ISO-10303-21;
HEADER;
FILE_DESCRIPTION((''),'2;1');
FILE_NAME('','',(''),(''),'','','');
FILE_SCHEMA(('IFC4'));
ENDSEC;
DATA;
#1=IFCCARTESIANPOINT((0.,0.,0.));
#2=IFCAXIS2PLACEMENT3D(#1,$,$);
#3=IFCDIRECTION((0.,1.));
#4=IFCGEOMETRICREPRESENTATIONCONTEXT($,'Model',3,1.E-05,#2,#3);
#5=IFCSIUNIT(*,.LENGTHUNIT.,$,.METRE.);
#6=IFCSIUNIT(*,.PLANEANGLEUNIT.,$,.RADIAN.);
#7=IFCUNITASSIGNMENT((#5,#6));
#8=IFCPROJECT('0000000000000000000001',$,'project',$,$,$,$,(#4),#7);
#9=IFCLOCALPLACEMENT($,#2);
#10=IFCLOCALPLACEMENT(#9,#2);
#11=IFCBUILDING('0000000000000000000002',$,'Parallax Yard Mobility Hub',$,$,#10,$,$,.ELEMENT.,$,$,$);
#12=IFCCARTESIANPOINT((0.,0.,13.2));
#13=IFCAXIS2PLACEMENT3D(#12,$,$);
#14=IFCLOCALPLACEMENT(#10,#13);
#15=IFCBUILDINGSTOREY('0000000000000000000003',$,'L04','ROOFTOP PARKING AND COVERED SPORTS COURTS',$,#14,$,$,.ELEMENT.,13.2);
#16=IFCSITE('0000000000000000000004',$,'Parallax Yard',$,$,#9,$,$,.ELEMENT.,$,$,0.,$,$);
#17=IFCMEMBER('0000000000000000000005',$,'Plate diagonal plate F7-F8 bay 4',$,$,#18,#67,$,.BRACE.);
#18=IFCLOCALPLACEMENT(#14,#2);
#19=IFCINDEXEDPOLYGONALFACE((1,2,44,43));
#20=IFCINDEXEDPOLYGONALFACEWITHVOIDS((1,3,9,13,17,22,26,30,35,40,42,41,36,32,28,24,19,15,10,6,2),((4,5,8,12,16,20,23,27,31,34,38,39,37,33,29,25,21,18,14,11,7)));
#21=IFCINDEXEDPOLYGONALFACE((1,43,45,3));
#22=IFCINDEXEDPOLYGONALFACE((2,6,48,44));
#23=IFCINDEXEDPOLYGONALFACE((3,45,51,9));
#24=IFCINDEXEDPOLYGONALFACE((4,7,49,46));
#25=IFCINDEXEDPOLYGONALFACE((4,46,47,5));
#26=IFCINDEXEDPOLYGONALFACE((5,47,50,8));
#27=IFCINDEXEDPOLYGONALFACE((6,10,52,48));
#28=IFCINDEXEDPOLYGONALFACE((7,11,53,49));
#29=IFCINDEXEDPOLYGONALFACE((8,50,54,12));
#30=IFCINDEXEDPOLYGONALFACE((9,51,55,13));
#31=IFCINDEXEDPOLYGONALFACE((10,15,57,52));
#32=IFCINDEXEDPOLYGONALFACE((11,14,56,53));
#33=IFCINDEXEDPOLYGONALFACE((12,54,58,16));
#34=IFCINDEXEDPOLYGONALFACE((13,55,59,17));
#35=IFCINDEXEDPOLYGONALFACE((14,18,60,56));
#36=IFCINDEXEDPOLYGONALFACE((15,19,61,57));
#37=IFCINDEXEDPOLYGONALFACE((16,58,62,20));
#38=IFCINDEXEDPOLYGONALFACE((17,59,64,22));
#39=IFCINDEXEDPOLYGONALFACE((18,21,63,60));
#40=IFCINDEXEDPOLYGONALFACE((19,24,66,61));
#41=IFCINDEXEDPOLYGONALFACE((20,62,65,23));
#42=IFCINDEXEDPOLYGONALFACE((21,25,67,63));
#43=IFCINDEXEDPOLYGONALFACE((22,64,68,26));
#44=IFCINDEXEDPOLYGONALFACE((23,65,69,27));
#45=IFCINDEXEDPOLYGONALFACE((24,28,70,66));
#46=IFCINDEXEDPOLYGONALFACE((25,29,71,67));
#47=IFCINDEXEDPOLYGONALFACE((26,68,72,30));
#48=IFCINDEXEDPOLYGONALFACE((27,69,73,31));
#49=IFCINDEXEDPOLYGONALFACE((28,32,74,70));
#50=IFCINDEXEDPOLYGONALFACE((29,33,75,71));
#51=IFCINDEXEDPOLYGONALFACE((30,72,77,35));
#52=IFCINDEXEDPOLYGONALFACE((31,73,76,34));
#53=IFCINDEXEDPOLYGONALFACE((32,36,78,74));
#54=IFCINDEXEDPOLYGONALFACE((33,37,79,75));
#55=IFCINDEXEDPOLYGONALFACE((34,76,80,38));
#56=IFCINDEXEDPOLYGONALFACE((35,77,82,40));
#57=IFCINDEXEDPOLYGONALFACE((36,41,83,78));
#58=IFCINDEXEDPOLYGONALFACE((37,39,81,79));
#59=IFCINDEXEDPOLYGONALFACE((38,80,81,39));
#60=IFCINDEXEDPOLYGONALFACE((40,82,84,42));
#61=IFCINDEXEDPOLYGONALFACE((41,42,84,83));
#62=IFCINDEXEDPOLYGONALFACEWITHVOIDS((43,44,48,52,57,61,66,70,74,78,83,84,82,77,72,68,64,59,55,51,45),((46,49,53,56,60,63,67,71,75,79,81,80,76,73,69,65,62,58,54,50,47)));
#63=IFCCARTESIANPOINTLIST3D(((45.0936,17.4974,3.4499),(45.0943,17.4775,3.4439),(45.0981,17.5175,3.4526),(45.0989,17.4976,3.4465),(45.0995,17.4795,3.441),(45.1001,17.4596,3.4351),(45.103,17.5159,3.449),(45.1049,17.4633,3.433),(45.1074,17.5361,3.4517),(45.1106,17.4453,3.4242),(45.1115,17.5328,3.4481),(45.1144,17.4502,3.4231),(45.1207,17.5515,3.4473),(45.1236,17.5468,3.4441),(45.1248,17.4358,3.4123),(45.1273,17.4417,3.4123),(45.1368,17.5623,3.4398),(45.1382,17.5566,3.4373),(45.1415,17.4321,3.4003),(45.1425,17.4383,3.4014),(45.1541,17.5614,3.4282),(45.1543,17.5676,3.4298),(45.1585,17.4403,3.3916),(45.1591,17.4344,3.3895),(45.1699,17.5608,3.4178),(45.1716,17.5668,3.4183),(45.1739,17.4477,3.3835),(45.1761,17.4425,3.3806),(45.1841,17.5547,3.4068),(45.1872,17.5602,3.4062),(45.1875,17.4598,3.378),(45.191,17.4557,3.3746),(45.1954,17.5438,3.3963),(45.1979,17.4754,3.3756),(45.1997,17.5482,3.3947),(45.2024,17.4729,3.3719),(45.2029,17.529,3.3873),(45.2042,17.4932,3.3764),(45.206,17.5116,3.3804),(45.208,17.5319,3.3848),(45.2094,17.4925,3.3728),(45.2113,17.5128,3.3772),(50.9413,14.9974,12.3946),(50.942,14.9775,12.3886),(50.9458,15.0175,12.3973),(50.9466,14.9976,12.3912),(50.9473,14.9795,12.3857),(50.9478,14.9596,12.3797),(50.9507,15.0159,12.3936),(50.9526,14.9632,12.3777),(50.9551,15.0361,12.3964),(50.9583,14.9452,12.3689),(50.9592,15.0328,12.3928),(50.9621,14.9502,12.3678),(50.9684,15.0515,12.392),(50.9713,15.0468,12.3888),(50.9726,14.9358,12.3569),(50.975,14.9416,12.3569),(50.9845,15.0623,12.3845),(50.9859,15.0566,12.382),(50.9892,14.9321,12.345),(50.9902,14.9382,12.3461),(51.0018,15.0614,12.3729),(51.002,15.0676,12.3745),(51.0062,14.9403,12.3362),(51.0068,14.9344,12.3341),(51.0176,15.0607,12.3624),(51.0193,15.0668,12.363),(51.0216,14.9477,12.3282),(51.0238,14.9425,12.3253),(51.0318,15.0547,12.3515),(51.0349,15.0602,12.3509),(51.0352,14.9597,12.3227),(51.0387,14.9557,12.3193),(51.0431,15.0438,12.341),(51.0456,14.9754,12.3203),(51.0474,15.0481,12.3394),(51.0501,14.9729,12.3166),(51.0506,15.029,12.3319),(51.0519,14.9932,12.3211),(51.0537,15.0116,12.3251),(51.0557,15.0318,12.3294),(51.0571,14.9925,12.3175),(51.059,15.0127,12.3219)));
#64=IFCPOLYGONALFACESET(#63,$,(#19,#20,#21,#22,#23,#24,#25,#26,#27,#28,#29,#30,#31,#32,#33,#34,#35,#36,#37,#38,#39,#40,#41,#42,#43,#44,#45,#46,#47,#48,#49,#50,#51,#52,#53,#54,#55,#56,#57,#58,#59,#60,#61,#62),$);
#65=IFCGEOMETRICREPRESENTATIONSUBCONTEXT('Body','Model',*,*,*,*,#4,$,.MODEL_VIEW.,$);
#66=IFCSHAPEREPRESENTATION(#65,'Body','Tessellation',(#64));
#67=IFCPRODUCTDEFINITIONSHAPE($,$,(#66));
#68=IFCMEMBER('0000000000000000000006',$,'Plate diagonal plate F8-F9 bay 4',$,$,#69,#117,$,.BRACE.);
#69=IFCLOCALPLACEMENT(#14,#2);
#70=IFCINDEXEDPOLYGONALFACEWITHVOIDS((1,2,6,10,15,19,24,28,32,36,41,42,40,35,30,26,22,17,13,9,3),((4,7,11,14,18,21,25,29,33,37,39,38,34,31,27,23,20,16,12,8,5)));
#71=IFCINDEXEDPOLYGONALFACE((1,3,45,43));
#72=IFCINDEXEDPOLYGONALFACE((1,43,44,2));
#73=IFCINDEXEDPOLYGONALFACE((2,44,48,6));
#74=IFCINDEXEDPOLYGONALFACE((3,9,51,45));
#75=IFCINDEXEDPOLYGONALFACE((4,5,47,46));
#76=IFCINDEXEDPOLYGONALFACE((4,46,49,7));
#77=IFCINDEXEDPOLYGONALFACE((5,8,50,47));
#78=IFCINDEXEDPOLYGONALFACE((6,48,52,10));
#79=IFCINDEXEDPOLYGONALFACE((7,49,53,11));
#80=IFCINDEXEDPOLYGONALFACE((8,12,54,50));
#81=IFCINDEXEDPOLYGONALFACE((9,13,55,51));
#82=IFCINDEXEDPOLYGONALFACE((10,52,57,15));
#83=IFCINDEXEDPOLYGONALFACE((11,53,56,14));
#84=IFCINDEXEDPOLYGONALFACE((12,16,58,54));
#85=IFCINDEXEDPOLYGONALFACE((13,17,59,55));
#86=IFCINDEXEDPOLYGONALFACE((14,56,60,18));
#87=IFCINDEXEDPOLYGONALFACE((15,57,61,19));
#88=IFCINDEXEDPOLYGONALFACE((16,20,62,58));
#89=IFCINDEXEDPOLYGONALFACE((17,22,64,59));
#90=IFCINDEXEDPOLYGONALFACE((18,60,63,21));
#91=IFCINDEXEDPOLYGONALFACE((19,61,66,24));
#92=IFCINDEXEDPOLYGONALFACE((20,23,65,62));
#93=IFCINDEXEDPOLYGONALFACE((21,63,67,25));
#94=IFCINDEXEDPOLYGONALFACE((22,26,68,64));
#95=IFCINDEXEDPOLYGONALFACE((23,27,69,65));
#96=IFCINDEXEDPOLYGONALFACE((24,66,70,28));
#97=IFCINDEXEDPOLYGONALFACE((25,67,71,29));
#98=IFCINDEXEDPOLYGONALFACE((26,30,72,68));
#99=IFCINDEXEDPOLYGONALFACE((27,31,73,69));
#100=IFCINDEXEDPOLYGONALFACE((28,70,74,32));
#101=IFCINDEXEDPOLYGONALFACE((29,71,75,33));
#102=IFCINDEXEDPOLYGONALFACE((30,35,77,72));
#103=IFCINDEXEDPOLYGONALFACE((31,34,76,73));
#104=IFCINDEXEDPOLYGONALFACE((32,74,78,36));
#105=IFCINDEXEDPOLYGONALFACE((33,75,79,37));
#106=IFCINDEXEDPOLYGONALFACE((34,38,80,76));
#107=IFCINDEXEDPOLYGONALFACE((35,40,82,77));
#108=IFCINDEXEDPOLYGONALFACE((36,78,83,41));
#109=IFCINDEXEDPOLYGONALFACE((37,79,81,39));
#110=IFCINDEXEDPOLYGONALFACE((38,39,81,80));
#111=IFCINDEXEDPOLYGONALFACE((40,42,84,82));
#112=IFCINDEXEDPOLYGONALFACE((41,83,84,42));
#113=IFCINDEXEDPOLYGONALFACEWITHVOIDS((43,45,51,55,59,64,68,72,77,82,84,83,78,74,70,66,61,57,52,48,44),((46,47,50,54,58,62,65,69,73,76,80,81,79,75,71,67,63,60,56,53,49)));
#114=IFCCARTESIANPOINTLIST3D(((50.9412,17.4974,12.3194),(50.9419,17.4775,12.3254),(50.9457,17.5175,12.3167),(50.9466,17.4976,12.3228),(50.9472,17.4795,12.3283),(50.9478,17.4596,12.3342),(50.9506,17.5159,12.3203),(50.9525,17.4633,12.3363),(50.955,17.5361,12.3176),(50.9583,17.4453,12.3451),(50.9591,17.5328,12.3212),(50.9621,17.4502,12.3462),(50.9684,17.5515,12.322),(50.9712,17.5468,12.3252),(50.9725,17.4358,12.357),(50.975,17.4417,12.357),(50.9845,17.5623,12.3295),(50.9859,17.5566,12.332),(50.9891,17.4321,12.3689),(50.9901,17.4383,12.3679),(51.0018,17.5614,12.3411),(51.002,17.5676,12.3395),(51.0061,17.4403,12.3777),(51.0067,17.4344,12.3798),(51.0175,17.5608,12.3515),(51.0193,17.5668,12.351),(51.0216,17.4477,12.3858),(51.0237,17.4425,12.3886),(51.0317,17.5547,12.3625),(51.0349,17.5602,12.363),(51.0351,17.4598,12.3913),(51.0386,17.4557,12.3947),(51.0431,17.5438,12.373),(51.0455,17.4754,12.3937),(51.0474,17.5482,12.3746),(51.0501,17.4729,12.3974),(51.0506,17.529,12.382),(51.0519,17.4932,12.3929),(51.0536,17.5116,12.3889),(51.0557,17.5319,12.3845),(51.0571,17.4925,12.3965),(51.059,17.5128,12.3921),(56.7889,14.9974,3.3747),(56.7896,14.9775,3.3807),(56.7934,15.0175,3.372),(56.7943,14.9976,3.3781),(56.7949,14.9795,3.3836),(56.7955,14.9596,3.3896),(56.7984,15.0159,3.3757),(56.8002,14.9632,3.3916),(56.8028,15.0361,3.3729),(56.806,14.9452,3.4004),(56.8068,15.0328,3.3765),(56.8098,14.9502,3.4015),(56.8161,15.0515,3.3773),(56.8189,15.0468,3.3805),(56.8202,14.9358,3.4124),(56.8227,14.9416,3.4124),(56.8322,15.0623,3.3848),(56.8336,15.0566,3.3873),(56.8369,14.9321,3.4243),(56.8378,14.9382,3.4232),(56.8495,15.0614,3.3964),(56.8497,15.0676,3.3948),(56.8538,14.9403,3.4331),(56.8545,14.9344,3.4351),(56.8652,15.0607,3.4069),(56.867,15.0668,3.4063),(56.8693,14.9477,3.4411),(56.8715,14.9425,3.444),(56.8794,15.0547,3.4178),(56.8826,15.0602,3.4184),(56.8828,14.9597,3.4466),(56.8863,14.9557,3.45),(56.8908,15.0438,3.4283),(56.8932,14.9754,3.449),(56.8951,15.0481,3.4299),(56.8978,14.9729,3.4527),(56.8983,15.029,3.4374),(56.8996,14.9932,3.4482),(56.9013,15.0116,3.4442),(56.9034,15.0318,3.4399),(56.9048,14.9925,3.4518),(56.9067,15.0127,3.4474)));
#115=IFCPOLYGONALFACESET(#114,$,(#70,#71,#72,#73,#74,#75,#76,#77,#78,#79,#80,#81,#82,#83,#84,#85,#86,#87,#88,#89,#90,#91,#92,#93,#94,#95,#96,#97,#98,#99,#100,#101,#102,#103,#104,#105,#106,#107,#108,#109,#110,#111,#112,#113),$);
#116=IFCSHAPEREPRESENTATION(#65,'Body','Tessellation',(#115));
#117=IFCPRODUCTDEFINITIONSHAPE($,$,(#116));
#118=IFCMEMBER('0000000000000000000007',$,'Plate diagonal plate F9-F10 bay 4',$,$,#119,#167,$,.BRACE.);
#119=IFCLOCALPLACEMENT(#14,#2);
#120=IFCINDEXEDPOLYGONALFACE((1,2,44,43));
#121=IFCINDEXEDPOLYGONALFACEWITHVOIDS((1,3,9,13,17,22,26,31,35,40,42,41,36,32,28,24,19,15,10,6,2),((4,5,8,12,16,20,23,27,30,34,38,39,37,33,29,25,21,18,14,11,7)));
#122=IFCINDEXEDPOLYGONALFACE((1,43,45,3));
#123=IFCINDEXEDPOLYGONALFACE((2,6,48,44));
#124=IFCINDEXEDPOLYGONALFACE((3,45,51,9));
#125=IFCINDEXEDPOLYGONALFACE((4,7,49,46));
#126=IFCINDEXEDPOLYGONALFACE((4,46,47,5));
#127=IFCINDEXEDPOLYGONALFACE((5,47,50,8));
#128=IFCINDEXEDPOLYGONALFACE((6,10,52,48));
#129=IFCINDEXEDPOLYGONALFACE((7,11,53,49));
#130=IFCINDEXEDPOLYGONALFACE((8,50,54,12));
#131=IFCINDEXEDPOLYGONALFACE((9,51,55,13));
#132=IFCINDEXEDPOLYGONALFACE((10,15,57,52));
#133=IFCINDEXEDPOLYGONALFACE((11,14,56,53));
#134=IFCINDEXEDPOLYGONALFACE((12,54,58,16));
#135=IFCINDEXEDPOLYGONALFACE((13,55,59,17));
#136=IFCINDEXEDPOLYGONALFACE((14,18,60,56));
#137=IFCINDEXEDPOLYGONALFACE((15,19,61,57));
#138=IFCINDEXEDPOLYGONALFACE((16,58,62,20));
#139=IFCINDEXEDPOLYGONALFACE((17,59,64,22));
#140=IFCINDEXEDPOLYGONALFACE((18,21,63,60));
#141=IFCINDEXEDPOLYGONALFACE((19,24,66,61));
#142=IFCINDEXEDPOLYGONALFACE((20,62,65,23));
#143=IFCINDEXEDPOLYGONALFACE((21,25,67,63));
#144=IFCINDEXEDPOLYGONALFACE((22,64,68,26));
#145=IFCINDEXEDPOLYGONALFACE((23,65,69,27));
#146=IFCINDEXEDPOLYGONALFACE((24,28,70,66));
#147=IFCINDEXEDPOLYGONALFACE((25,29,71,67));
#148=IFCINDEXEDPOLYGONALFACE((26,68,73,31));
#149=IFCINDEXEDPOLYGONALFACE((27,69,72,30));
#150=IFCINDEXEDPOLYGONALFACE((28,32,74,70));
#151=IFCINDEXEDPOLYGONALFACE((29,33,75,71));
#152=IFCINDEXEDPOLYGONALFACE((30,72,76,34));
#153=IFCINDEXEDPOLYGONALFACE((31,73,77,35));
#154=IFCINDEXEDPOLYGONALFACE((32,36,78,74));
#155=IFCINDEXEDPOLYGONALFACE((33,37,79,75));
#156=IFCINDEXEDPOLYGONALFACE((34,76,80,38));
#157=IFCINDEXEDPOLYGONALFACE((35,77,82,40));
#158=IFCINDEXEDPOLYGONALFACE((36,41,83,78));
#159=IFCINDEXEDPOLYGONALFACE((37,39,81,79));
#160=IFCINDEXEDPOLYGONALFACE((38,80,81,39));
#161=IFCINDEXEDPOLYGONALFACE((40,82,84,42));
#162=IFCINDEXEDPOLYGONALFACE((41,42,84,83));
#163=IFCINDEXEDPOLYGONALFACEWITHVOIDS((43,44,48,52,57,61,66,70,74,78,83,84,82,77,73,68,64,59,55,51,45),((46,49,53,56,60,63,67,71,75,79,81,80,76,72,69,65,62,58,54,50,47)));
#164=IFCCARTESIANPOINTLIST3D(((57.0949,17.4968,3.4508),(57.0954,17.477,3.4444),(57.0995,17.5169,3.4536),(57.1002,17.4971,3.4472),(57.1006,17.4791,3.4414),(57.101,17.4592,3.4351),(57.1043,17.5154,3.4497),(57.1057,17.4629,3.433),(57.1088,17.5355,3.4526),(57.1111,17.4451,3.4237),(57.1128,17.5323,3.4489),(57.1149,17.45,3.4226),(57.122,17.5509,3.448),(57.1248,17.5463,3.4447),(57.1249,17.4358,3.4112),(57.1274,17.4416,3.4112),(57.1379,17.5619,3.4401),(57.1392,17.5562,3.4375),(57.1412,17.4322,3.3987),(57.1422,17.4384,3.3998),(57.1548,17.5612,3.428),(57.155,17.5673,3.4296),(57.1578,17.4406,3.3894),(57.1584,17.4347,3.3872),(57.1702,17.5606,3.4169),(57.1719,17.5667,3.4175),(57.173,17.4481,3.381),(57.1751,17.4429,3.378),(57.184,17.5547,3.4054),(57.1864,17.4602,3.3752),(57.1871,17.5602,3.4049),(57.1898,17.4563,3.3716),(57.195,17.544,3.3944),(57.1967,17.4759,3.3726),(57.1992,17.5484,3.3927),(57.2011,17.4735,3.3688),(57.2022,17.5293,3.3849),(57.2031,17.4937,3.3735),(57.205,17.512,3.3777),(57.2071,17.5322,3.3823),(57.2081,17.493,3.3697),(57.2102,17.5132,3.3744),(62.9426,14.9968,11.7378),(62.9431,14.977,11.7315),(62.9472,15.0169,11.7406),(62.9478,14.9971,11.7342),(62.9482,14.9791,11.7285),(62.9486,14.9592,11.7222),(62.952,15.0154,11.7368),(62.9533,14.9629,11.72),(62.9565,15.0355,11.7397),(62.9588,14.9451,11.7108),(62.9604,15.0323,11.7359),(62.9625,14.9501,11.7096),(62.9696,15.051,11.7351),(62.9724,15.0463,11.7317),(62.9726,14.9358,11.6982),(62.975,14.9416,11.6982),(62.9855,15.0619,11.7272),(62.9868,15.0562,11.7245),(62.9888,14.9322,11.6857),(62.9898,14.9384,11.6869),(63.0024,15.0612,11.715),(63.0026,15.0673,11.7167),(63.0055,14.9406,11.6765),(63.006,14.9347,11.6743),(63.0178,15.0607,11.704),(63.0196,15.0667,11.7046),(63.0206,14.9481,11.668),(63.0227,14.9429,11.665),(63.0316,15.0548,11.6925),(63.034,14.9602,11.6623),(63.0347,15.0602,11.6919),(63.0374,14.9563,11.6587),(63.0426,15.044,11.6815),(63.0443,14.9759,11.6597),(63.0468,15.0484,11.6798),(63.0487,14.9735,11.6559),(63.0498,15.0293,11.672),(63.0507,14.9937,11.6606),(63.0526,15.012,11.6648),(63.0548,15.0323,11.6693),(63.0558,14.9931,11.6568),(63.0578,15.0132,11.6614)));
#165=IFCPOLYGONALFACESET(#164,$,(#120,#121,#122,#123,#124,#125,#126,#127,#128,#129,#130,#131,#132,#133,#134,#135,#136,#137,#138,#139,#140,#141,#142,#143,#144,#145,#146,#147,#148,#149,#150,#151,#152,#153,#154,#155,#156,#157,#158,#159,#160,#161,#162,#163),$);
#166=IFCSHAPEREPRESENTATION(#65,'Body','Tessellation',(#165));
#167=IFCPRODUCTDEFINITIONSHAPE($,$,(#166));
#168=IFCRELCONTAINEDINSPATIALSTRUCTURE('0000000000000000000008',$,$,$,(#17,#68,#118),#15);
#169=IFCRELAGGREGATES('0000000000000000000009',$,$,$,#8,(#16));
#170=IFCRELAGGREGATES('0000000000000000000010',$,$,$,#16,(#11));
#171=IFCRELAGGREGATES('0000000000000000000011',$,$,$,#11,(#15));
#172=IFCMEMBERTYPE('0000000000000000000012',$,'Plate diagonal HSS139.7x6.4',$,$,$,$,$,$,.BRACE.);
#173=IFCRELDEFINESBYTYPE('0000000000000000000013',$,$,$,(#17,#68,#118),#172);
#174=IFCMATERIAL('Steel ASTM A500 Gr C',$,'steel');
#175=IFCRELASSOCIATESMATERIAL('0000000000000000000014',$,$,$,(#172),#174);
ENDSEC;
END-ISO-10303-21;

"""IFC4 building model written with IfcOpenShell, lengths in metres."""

from ifc_helpers import new_model, si_unit, direction, frame, origin, origin_2d, place, context, subcontext, project, spatial, hollow_circle, extrude, material, material_profile, profile_set, type_object, element, save


model = new_model("IFC4")

# Units and contexts
model_context = context("Model", 3, precision=1e-05, world=origin(), true_north=direction((0.0, 1.0)))
body_context = subcontext(model_context, "Body", "Model", "MODEL_VIEW")
ifc_project = project(units=[si_unit("LENGTHUNIT", "METRE"), si_unit("PLANEANGLEUNIT", "RADIAN")], contexts=[model_context])

# Site, building, storey
site_placement = place(None, origin())
site = spatial("IfcSite", under=ifc_project, at=site_placement, Name="Parallax Yard", CompositionType="ELEMENT", RefElevation=0.0)
building_placement = place(site_placement, origin())
building = spatial("IfcBuilding", under=site, at=building_placement, Name="Parallax Yard Mobility Hub", CompositionType="ELEMENT")
storey_placement = place(building_placement, frame((0.0, 0.0, 13.2)))
storey = spatial("IfcBuildingStorey", under=building, at=storey_placement, Name="L04", Description="ROOFTOP PARKING AND COVERED SPORTS COURTS", CompositionType="ELEMENT", Elevation=13.2)

# Members
ifc_material_1 = material(Name="Steel ASTM A500 Gr C", Category="steel")
ifc_material_profile_1 = material_profile(ifc_material_1, hollow_circle(Radius=0.0698, WallThickness=0.0063, at=origin_2d()), Name="HSS139.7x6.4")
ifc_profile_set_1 = profile_set([ifc_material_profile_1], Name="Steel ASTM A500 Gr C")
member_type_1 = type_object("IfcMemberType", Name="Plate diagonal HSS139.7x6.4", PredefinedType="BRACE", material=ifc_profile_set_1)
for number, where, z_axis, x_axis, name in (
    (1, (51.0, 15.0, 12.3569), (-0.532816, 0.22779, -0.814996), (-0.393104, -0.919494, 0.0), "Plate diagonal plate F7-F8 bay 4"),
    (2, (56.8477, 15.0, 3.4124), (-0.532816, 0.22779, 0.814996), (-0.393104, -0.919494, 0.0), "Plate diagonal plate F8-F9 bay 4"),
):
    element("IfcMember", number, at=place(storey_placement, frame(where, z_axis=z_axis, x_axis=x_axis)), inside=storey, type_object=member_type_1, Name=name, PredefinedType="BRACE", context=body_context, shape_type="SweptSolid", body=[
        extrude(hollow_circle(Radius=0.0698, WallThickness=0.0063, at=origin_2d()), origin(), (0.0, 0.0, 1.0), 10.9751),
    ])
for number, where, z_axis, x_axis, name in (
    (3, (63.0, 15.0, 11.6982), (-0.559793, 0.239323, -0.79332), (-0.393104, -0.919494, 0.0), "Plate diagonal plate F9-F10 bay 4"),
):
    element("IfcMember", number, at=place(storey_placement, frame(where, z_axis=z_axis, x_axis=x_axis)), inside=storey, type_object=member_type_1, Name=name, PredefinedType="BRACE", context=body_context, shape_type="SweptSolid", body=[
        extrude(hollow_circle(Radius=0.0698, WallThickness=0.0063, at=origin_2d()), origin(), (0.0, 0.0, 1.0), 10.446),
    ])

save(model, "model.ifc")
